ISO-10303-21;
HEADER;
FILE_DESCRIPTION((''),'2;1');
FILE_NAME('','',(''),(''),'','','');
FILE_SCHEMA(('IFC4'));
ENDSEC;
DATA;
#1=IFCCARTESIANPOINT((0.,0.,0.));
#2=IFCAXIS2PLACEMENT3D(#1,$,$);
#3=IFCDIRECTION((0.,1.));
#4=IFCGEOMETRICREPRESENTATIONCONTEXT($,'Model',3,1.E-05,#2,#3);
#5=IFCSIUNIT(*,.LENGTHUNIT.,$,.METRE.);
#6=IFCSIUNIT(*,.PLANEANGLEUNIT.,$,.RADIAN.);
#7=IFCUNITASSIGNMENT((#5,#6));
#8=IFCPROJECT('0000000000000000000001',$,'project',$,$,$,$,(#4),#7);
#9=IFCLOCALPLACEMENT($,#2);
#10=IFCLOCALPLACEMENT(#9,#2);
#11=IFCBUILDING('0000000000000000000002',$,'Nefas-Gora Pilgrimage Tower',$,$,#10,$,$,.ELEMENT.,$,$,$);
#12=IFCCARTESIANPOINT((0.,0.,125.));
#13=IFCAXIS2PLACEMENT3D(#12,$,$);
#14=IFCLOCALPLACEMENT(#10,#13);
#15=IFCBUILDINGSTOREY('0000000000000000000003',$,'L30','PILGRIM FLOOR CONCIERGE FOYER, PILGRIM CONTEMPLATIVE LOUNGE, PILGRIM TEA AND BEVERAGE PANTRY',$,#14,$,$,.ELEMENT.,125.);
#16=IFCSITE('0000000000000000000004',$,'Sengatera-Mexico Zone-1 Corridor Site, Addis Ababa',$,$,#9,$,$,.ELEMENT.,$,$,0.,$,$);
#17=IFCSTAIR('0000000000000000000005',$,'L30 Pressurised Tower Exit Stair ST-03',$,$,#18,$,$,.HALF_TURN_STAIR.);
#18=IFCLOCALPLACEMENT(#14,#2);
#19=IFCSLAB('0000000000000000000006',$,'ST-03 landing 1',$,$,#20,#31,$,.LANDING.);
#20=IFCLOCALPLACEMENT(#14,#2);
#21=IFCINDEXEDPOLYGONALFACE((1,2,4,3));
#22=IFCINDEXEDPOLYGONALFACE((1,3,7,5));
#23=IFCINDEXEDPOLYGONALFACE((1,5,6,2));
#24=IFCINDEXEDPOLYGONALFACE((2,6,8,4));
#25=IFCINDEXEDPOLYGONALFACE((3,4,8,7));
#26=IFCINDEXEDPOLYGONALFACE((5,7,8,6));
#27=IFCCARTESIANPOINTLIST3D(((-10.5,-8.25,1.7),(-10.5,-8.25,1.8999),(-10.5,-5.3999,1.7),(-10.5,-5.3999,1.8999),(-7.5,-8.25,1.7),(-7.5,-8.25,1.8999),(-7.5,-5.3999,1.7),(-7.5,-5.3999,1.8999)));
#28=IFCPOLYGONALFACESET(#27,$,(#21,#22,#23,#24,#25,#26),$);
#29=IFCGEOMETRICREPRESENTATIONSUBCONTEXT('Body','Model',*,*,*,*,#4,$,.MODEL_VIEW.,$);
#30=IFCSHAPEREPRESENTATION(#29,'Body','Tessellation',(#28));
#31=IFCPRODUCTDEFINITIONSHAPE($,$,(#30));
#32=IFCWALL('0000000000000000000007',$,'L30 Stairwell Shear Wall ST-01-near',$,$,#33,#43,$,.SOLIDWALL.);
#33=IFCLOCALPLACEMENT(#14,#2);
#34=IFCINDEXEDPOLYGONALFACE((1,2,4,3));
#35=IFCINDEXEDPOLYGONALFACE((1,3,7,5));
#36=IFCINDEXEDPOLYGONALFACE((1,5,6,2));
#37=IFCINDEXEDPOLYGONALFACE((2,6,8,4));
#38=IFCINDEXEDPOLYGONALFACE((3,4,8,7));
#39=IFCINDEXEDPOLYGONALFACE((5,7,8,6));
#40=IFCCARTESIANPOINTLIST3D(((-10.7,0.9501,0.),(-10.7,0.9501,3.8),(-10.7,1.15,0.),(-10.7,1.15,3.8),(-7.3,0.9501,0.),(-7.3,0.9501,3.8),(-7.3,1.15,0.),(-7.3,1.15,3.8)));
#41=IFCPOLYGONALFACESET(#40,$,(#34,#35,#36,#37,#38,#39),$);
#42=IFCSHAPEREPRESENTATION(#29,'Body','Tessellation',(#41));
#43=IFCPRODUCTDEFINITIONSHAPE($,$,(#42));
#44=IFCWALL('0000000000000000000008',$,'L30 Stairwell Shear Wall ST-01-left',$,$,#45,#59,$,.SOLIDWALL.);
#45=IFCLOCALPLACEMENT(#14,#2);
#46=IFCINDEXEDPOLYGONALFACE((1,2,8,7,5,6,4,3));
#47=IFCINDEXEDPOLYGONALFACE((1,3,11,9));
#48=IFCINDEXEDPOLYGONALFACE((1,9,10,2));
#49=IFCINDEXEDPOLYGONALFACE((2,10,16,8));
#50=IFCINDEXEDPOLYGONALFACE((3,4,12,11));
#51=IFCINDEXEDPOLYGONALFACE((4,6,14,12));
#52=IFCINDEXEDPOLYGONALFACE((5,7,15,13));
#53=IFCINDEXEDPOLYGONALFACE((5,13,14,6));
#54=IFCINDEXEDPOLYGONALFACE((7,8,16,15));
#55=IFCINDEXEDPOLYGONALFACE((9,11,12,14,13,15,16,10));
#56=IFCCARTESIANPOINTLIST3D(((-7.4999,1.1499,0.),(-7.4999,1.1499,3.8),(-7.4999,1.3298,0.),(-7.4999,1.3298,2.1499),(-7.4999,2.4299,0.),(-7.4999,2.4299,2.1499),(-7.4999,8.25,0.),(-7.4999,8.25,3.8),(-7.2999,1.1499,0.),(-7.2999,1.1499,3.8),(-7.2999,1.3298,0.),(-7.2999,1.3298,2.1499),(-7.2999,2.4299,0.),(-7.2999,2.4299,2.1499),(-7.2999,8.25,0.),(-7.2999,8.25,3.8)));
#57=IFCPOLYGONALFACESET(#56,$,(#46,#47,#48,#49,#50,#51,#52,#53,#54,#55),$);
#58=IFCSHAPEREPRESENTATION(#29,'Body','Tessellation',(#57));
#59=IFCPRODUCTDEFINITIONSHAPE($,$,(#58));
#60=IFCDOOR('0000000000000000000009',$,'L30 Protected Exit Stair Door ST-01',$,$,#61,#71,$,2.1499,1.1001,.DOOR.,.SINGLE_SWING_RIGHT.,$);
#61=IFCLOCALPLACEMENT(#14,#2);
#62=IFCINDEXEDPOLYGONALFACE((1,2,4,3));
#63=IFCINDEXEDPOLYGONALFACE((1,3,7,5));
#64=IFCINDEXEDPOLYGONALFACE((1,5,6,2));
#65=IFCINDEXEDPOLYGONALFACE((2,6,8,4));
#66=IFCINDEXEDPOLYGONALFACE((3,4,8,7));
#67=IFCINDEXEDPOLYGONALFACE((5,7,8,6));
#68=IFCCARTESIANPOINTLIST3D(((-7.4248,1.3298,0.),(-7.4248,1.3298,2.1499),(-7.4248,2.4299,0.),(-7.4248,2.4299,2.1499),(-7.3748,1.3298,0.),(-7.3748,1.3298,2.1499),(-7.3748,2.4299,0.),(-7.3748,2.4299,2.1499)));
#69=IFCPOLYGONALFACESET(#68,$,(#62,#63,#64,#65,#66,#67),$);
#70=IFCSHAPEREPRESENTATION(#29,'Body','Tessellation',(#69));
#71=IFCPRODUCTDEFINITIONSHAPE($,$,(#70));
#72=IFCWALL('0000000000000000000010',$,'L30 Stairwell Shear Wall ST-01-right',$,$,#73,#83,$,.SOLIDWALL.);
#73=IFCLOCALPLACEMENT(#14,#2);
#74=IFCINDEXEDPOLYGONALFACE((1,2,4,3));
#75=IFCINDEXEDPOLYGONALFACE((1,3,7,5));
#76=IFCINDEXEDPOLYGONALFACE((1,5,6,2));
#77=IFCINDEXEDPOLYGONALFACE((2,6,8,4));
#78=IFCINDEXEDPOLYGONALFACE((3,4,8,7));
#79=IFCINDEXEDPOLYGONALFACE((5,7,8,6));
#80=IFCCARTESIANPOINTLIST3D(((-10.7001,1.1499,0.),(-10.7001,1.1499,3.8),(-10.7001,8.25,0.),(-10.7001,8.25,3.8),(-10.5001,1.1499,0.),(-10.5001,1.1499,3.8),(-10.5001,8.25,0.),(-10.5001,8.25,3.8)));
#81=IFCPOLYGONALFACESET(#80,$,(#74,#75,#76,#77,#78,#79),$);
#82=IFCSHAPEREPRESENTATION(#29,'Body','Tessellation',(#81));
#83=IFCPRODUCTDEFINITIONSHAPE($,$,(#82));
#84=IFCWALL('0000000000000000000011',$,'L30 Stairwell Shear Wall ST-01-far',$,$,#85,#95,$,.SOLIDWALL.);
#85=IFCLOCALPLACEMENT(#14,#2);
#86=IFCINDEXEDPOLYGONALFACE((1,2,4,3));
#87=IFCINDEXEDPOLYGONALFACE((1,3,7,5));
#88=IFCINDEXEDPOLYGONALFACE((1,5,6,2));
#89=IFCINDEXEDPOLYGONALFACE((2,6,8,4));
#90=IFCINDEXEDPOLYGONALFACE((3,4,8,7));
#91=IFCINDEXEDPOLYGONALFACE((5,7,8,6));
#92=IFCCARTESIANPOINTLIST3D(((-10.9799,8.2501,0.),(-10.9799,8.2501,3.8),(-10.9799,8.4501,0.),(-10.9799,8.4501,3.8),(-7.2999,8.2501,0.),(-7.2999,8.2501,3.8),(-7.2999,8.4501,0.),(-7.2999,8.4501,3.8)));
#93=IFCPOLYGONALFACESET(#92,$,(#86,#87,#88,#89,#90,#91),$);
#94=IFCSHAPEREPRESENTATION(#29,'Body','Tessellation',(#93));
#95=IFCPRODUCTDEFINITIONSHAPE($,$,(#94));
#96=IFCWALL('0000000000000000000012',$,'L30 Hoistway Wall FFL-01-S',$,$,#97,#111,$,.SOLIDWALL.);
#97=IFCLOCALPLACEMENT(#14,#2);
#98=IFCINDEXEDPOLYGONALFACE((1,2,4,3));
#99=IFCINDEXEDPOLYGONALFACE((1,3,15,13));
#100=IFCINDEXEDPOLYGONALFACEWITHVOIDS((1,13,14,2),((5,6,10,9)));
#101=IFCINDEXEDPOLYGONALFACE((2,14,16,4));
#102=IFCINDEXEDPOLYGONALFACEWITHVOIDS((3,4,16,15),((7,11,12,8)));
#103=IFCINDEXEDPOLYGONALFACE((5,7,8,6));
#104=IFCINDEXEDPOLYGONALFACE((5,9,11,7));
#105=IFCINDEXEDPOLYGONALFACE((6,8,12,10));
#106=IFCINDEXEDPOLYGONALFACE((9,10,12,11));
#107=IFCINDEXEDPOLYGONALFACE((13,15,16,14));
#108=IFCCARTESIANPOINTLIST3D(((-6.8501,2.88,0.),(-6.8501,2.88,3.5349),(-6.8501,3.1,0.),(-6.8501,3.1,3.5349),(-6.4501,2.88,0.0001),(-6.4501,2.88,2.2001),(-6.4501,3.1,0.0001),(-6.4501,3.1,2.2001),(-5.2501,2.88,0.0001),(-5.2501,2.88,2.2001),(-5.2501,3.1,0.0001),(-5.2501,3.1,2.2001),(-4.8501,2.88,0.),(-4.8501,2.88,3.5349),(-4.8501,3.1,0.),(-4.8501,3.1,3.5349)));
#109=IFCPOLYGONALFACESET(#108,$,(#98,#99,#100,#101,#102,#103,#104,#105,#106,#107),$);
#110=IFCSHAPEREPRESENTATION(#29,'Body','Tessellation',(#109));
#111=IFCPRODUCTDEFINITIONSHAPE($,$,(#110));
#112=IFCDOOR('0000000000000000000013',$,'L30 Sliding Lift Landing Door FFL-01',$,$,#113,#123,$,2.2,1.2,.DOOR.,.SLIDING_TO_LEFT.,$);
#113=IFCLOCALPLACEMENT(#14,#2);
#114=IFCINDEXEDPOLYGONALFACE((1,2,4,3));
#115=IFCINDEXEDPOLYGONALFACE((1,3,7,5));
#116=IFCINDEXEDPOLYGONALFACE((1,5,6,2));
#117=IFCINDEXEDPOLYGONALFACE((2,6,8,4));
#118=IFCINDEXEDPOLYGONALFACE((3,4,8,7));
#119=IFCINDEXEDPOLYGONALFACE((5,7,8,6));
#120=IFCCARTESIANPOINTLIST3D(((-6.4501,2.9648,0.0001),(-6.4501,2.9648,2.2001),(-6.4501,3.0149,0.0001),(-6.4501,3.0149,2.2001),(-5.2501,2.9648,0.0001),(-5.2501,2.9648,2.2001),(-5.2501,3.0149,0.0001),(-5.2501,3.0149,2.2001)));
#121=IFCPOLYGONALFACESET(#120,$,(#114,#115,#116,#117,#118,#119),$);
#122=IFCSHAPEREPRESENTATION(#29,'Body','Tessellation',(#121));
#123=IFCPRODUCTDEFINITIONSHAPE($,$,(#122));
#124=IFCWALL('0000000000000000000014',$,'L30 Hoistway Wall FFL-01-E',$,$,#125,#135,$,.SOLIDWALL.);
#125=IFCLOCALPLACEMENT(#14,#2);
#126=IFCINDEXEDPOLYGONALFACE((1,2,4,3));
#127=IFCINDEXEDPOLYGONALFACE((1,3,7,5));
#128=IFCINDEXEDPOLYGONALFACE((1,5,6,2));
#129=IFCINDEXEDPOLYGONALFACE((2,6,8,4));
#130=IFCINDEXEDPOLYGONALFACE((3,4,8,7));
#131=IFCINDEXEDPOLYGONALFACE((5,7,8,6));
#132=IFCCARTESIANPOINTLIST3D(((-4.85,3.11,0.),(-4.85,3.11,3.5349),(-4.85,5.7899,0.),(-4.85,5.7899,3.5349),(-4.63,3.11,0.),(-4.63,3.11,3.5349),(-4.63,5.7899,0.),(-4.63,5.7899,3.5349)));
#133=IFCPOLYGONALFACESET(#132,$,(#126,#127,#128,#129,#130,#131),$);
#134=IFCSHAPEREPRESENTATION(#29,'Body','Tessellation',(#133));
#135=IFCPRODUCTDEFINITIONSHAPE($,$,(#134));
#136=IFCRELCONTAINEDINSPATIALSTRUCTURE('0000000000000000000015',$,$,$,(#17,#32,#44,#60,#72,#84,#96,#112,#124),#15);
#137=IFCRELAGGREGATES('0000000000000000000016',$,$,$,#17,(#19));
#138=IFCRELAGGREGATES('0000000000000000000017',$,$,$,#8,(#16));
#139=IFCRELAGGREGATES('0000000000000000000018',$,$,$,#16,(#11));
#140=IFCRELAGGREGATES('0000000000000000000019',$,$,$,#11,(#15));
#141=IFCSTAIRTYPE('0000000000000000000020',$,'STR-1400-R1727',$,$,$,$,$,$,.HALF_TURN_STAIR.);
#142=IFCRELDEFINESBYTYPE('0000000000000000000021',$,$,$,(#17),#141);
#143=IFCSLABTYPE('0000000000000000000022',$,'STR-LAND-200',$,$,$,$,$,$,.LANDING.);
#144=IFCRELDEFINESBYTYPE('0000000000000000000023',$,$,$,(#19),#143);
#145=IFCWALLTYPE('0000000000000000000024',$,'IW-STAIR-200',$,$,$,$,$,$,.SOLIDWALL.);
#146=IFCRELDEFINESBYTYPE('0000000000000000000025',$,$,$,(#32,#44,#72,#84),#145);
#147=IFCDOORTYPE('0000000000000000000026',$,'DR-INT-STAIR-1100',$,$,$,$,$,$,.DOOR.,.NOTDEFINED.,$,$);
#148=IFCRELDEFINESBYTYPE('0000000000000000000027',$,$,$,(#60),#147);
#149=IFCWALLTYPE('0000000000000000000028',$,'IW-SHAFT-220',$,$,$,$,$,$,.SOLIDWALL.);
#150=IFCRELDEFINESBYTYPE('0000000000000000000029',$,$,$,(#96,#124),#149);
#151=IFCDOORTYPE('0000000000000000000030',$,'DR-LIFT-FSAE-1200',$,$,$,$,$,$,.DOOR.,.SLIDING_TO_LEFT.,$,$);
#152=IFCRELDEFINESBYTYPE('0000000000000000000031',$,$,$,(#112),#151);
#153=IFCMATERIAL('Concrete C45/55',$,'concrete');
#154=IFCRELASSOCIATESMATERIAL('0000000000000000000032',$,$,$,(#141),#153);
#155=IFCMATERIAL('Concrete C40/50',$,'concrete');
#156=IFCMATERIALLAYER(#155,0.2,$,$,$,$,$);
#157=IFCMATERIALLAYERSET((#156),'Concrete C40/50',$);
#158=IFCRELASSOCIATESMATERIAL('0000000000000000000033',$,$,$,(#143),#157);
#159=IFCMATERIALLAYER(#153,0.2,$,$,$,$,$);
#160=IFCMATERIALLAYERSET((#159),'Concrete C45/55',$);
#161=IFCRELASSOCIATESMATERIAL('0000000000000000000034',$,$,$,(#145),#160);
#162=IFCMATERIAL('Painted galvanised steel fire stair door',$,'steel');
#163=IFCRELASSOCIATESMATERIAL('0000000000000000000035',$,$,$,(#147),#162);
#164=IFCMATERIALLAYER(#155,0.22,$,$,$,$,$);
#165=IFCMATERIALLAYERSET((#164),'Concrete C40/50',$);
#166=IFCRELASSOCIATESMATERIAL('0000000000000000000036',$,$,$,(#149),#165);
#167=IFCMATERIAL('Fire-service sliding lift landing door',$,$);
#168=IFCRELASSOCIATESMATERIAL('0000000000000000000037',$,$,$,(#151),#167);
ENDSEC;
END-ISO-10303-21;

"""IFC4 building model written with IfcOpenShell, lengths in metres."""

from ifc_helpers import new_model, si_unit, direction, frame, frame_2d, origin, place, context, subcontext, project, spatial, polyline, rectangle, outline, extrude, source, transform, mapped, material, layer, layer_set, type_object, element, fill, aggregate, save


model = new_model("IFC4")

# Units and contexts
model_context = context("Model", 3, precision=1e-05, world=origin(), true_north=direction((0.0, 1.0)))
body_context = subcontext(model_context, "Body", "Model", "MODEL_VIEW")
ifc_project = project(units=[si_unit("LENGTHUNIT", "METRE"), si_unit("PLANEANGLEUNIT", "RADIAN")], contexts=[model_context])

# Site, building, storey
site_placement = place(None, origin())
site = spatial("IfcSite", under=ifc_project, at=site_placement, Name="Sengatera-Mexico Zone-1 Corridor Site, Addis Ababa", CompositionType="ELEMENT", RefElevation=0.0)
building_placement = place(site_placement, origin())
building = spatial("IfcBuilding", under=site, at=building_placement, Name="Nefas-Gora Pilgrimage Tower", CompositionType="ELEMENT")
storey_placement = place(building_placement, frame((0.0, 0.0, 125.0)))
storey = spatial("IfcBuildingStorey", under=building, at=storey_placement, Name="L30", Description="PILGRIM FLOOR CONCIERGE FOYER, PILGRIM CONTEMPLATIVE LOUNGE, PILGRIM TEA AND BEVERAGE PANTRY", CompositionType="ELEMENT", Elevation=125.0)

# Shared definitions
ifc_material_1 = material(Name="Concrete C40/50", Category="concrete")

# Stair, slab
ifc_material_2 = material(Name="Concrete C45/55", Category="concrete")
stair_type = type_object("IfcStairType", Name="STR-1400-R1727", PredefinedType="HALF_TURN_STAIR", material=ifc_material_2)
ifc_layer_1 = layer(ifc_material_1, 0.2)
ifc_layer_set_1 = layer_set([ifc_layer_1], Name="Concrete C40/50")
slab_type_1 = type_object("IfcSlabType", Name="STR-LAND-200", PredefinedType="LANDING", material=ifc_layer_set_1)
stair_1_placement = place(storey_placement, origin())
stair_1 = element("IfcStair", 1, at=stair_1_placement, inside=storey, type_object=stair_type, Name="L30 Pressurised Tower Exit Stair ST-03", PredefinedType="HALF_TURN_STAIR")
slab_1_placement = place(storey_placement, frame((0.0, 0.0, 1.7)))
slab_1 = element("IfcSlab", 2, at=slab_1_placement, type_object=slab_type_1, Name="ST-03 landing 1", PredefinedType="LANDING", context=body_context, shape_type="SweptSolid", body=[
    extrude(outline(polyline([(-10.5, -5.3999), (-10.5, -8.25), (-7.5, -8.25), (-7.5, -5.3999), (-10.5, -5.3999)])), origin(), (0.0, 0.0, 1.0), 0.2),
])
aggregate(stair_1, [slab_1])

# Wall
ifc_layer_2 = layer(ifc_material_2, 0.2)
ifc_layer_set_2 = layer_set([ifc_layer_2], Name="Concrete C45/55")
wall_type_1 = type_object("IfcWallType", Name="IW-STAIR-200", PredefinedType="SOLIDWALL", material=ifc_layer_set_2)
shared_shape_1 = source(origin(), body_context, "Body", "SweptSolid", [
    extrude(rectangle(XDim=3.3999, YDim=0.2, at=frame_2d((1.7, 0.0))), origin(), (0.0, 0.0, 1.0), 3.8),
])
wall_1_placement = place(storey_placement, frame((-7.3, 1.05, 0.0), z_axis=(0.0, 0.0, 1.0), x_axis=(-1.0, 0.0, 0.0)))
element("IfcWall", 3, at=wall_1_placement, inside=storey, type_object=wall_type_1, Name="L30 Stairwell Shear Wall ST-01-near", PredefinedType="SOLIDWALL", context=body_context, shape_type="MappedRepresentation", body=[
    mapped(shared_shape_1, transform((0.0, 0.0, 0.0), x_axis=(1.0, 0.0, 0.0), y_axis=(0.0, 1.0, 0.0), z_axis=(0.0, 0.0, 1.0), scale=1.0)),
])

# Wall, opening, door
shared_shape_2 = source(origin(), body_context, "Body", "SweptSolid", [
    extrude(rectangle(XDim=7.1001, YDim=0.2, at=frame_2d((3.55, 0.0))), origin(), (0.0, 0.0, 1.0), 3.8),
])
wall_2_placement = place(storey_placement, frame((-7.3999, 1.1499, 0.0), z_axis=(0.0, 0.0, 1.0), x_axis=(0.0, 1.0, 0.0)))
wall_2 = element("IfcWall", 4, at=wall_2_placement, inside=storey, type_object=wall_type_1, Name="L30 Stairwell Shear Wall ST-01-left", PredefinedType="SOLIDWALL", context=body_context, shape_type="MappedRepresentation", body=[
    mapped(shared_shape_2, transform((0.0, 0.0, 0.0), x_axis=(1.0, 0.0, 0.0), y_axis=(0.0, 1.0, 0.0), z_axis=(0.0, 0.0, 1.0), scale=1.0)),
])
opening_1_placement = place(wall_2_placement, frame((0.1799, 0.0, 0.0)))
opening_1 = element("IfcOpeningElement", 5, at=opening_1_placement, cuts=wall_2, PredefinedType="OPENING", context=body_context, shape_type="SweptSolid", body=[
    extrude(rectangle(XDim=1.1001, YDim=2.1499, at=frame_2d((0.55, 1.075))), frame((0.0, 0.1099, 0.0), z_axis=(0.0, -1.0, 0.0), x_axis=(1.0, 0.0, 0.0)), (0.0, 0.0, 1.0), 0.22),
])
ifc_material_3 = material(Name="Painted galvanised steel fire stair door", Category="steel")
door_type_1 = type_object("IfcDoorType", Name="DR-INT-STAIR-1100", OperationType="NOTDEFINED", PredefinedType="DOOR", material=ifc_material_3)
shared_shape_3 = source(origin(), body_context, "Body", "SweptSolid", [
    extrude(rectangle(XDim=1.1001, YDim=2.1499, at=frame_2d((0.55, 1.075))), frame((0.0, 0.0249, 0.0), z_axis=(0.0, -1.0, 0.0), x_axis=(1.0, 0.0, 0.0)), (0.0, 0.0, 1.0), 0.05),
])
door_1_placement = place(opening_1_placement, origin())
door_1 = element("IfcDoor", 6, at=door_1_placement, inside=storey, type_object=door_type_1, Name="L30 Protected Exit Stair Door ST-01", OperationType="SINGLE_SWING_RIGHT", OverallHeight=2.1499, OverallWidth=1.1001, PredefinedType="DOOR", context=body_context, shape_type="MappedRepresentation", body=[
    mapped(shared_shape_3, transform((0.0, 0.0, 0.0), x_axis=(1.0, 0.0, 0.0), y_axis=(0.0, 1.0, 0.0), z_axis=(0.0, 0.0, 1.0), scale=1.0)),
])
fill(opening_1, door_1)

# Walls
wall_3_placement = place(storey_placement, frame((-10.6001, 1.1499, 0.0), z_axis=(0.0, 0.0, 1.0), x_axis=(0.0, 1.0, 0.0)))
element("IfcWall", 7, at=wall_3_placement, inside=storey, type_object=wall_type_1, Name="L30 Stairwell Shear Wall ST-01-right", PredefinedType="SOLIDWALL", context=body_context, shape_type="MappedRepresentation", body=[
    mapped(shared_shape_2, transform((0.0, 0.0, 0.0), x_axis=(1.0, 0.0, 0.0), y_axis=(0.0, 1.0, 0.0), z_axis=(0.0, 0.0, 1.0), scale=1.0)),
])
shared_shape_4 = source(origin(), body_context, "Body", "SweptSolid", [
    extrude(rectangle(XDim=3.6799, YDim=0.2, at=frame_2d((1.8398, 0.0))), origin(), (0.0, 0.0, 1.0), 3.8),
])
wall_4_placement = place(storey_placement, frame((-7.3, 8.3501, 0.0), z_axis=(0.0, 0.0, 1.0), x_axis=(-1.0, 0.0, 0.0)))
element("IfcWall", 8, at=wall_4_placement, inside=storey, type_object=wall_type_1, Name="L30 Stairwell Shear Wall ST-01-far", PredefinedType="SOLIDWALL", context=body_context, shape_type="MappedRepresentation", body=[
    mapped(shared_shape_4, transform((0.0, 0.0, 0.0), x_axis=(1.0, 0.0, 0.0), y_axis=(0.0, 1.0, 0.0), z_axis=(0.0, 0.0, 1.0), scale=1.0)),
])

# Wall, opening, door
ifc_layer_3 = layer(ifc_material_1, 0.22)
ifc_layer_set_3 = layer_set([ifc_layer_3], Name="Concrete C40/50")
wall_type_2 = type_object("IfcWallType", Name="IW-SHAFT-220", PredefinedType="SOLIDWALL", material=ifc_layer_set_3)
shared_shape_5 = source(origin(), body_context, "Body", "SweptSolid", [
    extrude(rectangle(XDim=2.0, YDim=0.22, at=frame_2d((1.0, 0.0))), origin(), (0.0, 0.0, 1.0), 3.5349),
])
wall_5_placement = place(storey_placement, frame((-6.8501, 2.99, 0.0), z_axis=(0.0, 0.0, 1.0), x_axis=(1.0, 0.0, 0.0)))
wall_5 = element("IfcWall", 9, at=wall_5_placement, inside=storey, type_object=wall_type_2, Name="L30 Hoistway Wall FFL-01-S", PredefinedType="SOLIDWALL", context=body_context, shape_type="MappedRepresentation", body=[
    mapped(shared_shape_5, transform((0.0, 0.0, 0.0), x_axis=(1.0, 0.0, 0.0), y_axis=(0.0, 1.0, 0.0), z_axis=(0.0, 0.0, 1.0), scale=1.0)),
])
opening_2_placement = place(wall_5_placement, frame((0.3999, 0.0, 0.0)))
opening_2 = element("IfcOpeningElement", 10, at=opening_2_placement, cuts=wall_5, PredefinedType="OPENING", context=body_context, shape_type="SweptSolid", body=[
    extrude(rectangle(XDim=1.2, YDim=2.2, at=frame_2d((0.6001, 1.1001))), frame((0.0, 0.1199, 0.0), z_axis=(0.0, -1.0, 0.0), x_axis=(1.0, 0.0, 0.0)), (0.0, 0.0, 1.0), 0.24),
])
ifc_material_4 = material(Name="Fire-service sliding lift landing door")
door_type_2 = type_object("IfcDoorType", Name="DR-LIFT-FSAE-1200", OperationType="SLIDING_TO_LEFT", PredefinedType="DOOR", material=ifc_material_4)
shared_shape_6 = source(origin(), body_context, "Body", "SweptSolid", [
    extrude(rectangle(XDim=1.2, YDim=2.2, at=frame_2d((0.6001, 1.1001))), frame((0.0, 0.0249, 0.0), z_axis=(0.0, -1.0, 0.0), x_axis=(1.0, 0.0, 0.0)), (0.0, 0.0, 1.0), 0.05),
])
door_2_placement = place(opening_2_placement, origin())
door_2 = element("IfcDoor", 11, at=door_2_placement, inside=storey, type_object=door_type_2, Name="L30 Sliding Lift Landing Door FFL-01", OperationType="SLIDING_TO_LEFT", OverallHeight=2.2, OverallWidth=1.2, PredefinedType="DOOR", context=body_context, shape_type="MappedRepresentation", body=[
    mapped(shared_shape_6, transform((0.0, 0.0, 0.0), x_axis=(1.0, 0.0, 0.0), y_axis=(0.0, 1.0, 0.0), z_axis=(0.0, 0.0, 1.0), scale=1.0)),
])
fill(opening_2, door_2)

# Wall
shared_shape_7 = source(origin(), body_context, "Body", "SweptSolid", [
    extrude(rectangle(XDim=2.6799, YDim=0.22, at=frame_2d((1.3398, 0.0))), origin(), (0.0, 0.0, 1.0), 3.5349),
])
wall_6_placement = place(storey_placement, frame((-4.74, 3.1101, 0.0), z_axis=(0.0, 0.0, 1.0), x_axis=(0.0, 1.0, 0.0)))
element("IfcWall", 12, at=wall_6_placement, inside=storey, type_object=wall_type_2, Name="L30 Hoistway Wall FFL-01-E", PredefinedType="SOLIDWALL", context=body_context, shape_type="MappedRepresentation", body=[
    mapped(shared_shape_7, transform((0.0, 0.0, 0.0), x_axis=(1.0, 0.0, 0.0), y_axis=(0.0, 1.0, 0.0), z_axis=(0.0, 0.0, 1.0), scale=1.0)),
])

save(model, "model.ifc")
